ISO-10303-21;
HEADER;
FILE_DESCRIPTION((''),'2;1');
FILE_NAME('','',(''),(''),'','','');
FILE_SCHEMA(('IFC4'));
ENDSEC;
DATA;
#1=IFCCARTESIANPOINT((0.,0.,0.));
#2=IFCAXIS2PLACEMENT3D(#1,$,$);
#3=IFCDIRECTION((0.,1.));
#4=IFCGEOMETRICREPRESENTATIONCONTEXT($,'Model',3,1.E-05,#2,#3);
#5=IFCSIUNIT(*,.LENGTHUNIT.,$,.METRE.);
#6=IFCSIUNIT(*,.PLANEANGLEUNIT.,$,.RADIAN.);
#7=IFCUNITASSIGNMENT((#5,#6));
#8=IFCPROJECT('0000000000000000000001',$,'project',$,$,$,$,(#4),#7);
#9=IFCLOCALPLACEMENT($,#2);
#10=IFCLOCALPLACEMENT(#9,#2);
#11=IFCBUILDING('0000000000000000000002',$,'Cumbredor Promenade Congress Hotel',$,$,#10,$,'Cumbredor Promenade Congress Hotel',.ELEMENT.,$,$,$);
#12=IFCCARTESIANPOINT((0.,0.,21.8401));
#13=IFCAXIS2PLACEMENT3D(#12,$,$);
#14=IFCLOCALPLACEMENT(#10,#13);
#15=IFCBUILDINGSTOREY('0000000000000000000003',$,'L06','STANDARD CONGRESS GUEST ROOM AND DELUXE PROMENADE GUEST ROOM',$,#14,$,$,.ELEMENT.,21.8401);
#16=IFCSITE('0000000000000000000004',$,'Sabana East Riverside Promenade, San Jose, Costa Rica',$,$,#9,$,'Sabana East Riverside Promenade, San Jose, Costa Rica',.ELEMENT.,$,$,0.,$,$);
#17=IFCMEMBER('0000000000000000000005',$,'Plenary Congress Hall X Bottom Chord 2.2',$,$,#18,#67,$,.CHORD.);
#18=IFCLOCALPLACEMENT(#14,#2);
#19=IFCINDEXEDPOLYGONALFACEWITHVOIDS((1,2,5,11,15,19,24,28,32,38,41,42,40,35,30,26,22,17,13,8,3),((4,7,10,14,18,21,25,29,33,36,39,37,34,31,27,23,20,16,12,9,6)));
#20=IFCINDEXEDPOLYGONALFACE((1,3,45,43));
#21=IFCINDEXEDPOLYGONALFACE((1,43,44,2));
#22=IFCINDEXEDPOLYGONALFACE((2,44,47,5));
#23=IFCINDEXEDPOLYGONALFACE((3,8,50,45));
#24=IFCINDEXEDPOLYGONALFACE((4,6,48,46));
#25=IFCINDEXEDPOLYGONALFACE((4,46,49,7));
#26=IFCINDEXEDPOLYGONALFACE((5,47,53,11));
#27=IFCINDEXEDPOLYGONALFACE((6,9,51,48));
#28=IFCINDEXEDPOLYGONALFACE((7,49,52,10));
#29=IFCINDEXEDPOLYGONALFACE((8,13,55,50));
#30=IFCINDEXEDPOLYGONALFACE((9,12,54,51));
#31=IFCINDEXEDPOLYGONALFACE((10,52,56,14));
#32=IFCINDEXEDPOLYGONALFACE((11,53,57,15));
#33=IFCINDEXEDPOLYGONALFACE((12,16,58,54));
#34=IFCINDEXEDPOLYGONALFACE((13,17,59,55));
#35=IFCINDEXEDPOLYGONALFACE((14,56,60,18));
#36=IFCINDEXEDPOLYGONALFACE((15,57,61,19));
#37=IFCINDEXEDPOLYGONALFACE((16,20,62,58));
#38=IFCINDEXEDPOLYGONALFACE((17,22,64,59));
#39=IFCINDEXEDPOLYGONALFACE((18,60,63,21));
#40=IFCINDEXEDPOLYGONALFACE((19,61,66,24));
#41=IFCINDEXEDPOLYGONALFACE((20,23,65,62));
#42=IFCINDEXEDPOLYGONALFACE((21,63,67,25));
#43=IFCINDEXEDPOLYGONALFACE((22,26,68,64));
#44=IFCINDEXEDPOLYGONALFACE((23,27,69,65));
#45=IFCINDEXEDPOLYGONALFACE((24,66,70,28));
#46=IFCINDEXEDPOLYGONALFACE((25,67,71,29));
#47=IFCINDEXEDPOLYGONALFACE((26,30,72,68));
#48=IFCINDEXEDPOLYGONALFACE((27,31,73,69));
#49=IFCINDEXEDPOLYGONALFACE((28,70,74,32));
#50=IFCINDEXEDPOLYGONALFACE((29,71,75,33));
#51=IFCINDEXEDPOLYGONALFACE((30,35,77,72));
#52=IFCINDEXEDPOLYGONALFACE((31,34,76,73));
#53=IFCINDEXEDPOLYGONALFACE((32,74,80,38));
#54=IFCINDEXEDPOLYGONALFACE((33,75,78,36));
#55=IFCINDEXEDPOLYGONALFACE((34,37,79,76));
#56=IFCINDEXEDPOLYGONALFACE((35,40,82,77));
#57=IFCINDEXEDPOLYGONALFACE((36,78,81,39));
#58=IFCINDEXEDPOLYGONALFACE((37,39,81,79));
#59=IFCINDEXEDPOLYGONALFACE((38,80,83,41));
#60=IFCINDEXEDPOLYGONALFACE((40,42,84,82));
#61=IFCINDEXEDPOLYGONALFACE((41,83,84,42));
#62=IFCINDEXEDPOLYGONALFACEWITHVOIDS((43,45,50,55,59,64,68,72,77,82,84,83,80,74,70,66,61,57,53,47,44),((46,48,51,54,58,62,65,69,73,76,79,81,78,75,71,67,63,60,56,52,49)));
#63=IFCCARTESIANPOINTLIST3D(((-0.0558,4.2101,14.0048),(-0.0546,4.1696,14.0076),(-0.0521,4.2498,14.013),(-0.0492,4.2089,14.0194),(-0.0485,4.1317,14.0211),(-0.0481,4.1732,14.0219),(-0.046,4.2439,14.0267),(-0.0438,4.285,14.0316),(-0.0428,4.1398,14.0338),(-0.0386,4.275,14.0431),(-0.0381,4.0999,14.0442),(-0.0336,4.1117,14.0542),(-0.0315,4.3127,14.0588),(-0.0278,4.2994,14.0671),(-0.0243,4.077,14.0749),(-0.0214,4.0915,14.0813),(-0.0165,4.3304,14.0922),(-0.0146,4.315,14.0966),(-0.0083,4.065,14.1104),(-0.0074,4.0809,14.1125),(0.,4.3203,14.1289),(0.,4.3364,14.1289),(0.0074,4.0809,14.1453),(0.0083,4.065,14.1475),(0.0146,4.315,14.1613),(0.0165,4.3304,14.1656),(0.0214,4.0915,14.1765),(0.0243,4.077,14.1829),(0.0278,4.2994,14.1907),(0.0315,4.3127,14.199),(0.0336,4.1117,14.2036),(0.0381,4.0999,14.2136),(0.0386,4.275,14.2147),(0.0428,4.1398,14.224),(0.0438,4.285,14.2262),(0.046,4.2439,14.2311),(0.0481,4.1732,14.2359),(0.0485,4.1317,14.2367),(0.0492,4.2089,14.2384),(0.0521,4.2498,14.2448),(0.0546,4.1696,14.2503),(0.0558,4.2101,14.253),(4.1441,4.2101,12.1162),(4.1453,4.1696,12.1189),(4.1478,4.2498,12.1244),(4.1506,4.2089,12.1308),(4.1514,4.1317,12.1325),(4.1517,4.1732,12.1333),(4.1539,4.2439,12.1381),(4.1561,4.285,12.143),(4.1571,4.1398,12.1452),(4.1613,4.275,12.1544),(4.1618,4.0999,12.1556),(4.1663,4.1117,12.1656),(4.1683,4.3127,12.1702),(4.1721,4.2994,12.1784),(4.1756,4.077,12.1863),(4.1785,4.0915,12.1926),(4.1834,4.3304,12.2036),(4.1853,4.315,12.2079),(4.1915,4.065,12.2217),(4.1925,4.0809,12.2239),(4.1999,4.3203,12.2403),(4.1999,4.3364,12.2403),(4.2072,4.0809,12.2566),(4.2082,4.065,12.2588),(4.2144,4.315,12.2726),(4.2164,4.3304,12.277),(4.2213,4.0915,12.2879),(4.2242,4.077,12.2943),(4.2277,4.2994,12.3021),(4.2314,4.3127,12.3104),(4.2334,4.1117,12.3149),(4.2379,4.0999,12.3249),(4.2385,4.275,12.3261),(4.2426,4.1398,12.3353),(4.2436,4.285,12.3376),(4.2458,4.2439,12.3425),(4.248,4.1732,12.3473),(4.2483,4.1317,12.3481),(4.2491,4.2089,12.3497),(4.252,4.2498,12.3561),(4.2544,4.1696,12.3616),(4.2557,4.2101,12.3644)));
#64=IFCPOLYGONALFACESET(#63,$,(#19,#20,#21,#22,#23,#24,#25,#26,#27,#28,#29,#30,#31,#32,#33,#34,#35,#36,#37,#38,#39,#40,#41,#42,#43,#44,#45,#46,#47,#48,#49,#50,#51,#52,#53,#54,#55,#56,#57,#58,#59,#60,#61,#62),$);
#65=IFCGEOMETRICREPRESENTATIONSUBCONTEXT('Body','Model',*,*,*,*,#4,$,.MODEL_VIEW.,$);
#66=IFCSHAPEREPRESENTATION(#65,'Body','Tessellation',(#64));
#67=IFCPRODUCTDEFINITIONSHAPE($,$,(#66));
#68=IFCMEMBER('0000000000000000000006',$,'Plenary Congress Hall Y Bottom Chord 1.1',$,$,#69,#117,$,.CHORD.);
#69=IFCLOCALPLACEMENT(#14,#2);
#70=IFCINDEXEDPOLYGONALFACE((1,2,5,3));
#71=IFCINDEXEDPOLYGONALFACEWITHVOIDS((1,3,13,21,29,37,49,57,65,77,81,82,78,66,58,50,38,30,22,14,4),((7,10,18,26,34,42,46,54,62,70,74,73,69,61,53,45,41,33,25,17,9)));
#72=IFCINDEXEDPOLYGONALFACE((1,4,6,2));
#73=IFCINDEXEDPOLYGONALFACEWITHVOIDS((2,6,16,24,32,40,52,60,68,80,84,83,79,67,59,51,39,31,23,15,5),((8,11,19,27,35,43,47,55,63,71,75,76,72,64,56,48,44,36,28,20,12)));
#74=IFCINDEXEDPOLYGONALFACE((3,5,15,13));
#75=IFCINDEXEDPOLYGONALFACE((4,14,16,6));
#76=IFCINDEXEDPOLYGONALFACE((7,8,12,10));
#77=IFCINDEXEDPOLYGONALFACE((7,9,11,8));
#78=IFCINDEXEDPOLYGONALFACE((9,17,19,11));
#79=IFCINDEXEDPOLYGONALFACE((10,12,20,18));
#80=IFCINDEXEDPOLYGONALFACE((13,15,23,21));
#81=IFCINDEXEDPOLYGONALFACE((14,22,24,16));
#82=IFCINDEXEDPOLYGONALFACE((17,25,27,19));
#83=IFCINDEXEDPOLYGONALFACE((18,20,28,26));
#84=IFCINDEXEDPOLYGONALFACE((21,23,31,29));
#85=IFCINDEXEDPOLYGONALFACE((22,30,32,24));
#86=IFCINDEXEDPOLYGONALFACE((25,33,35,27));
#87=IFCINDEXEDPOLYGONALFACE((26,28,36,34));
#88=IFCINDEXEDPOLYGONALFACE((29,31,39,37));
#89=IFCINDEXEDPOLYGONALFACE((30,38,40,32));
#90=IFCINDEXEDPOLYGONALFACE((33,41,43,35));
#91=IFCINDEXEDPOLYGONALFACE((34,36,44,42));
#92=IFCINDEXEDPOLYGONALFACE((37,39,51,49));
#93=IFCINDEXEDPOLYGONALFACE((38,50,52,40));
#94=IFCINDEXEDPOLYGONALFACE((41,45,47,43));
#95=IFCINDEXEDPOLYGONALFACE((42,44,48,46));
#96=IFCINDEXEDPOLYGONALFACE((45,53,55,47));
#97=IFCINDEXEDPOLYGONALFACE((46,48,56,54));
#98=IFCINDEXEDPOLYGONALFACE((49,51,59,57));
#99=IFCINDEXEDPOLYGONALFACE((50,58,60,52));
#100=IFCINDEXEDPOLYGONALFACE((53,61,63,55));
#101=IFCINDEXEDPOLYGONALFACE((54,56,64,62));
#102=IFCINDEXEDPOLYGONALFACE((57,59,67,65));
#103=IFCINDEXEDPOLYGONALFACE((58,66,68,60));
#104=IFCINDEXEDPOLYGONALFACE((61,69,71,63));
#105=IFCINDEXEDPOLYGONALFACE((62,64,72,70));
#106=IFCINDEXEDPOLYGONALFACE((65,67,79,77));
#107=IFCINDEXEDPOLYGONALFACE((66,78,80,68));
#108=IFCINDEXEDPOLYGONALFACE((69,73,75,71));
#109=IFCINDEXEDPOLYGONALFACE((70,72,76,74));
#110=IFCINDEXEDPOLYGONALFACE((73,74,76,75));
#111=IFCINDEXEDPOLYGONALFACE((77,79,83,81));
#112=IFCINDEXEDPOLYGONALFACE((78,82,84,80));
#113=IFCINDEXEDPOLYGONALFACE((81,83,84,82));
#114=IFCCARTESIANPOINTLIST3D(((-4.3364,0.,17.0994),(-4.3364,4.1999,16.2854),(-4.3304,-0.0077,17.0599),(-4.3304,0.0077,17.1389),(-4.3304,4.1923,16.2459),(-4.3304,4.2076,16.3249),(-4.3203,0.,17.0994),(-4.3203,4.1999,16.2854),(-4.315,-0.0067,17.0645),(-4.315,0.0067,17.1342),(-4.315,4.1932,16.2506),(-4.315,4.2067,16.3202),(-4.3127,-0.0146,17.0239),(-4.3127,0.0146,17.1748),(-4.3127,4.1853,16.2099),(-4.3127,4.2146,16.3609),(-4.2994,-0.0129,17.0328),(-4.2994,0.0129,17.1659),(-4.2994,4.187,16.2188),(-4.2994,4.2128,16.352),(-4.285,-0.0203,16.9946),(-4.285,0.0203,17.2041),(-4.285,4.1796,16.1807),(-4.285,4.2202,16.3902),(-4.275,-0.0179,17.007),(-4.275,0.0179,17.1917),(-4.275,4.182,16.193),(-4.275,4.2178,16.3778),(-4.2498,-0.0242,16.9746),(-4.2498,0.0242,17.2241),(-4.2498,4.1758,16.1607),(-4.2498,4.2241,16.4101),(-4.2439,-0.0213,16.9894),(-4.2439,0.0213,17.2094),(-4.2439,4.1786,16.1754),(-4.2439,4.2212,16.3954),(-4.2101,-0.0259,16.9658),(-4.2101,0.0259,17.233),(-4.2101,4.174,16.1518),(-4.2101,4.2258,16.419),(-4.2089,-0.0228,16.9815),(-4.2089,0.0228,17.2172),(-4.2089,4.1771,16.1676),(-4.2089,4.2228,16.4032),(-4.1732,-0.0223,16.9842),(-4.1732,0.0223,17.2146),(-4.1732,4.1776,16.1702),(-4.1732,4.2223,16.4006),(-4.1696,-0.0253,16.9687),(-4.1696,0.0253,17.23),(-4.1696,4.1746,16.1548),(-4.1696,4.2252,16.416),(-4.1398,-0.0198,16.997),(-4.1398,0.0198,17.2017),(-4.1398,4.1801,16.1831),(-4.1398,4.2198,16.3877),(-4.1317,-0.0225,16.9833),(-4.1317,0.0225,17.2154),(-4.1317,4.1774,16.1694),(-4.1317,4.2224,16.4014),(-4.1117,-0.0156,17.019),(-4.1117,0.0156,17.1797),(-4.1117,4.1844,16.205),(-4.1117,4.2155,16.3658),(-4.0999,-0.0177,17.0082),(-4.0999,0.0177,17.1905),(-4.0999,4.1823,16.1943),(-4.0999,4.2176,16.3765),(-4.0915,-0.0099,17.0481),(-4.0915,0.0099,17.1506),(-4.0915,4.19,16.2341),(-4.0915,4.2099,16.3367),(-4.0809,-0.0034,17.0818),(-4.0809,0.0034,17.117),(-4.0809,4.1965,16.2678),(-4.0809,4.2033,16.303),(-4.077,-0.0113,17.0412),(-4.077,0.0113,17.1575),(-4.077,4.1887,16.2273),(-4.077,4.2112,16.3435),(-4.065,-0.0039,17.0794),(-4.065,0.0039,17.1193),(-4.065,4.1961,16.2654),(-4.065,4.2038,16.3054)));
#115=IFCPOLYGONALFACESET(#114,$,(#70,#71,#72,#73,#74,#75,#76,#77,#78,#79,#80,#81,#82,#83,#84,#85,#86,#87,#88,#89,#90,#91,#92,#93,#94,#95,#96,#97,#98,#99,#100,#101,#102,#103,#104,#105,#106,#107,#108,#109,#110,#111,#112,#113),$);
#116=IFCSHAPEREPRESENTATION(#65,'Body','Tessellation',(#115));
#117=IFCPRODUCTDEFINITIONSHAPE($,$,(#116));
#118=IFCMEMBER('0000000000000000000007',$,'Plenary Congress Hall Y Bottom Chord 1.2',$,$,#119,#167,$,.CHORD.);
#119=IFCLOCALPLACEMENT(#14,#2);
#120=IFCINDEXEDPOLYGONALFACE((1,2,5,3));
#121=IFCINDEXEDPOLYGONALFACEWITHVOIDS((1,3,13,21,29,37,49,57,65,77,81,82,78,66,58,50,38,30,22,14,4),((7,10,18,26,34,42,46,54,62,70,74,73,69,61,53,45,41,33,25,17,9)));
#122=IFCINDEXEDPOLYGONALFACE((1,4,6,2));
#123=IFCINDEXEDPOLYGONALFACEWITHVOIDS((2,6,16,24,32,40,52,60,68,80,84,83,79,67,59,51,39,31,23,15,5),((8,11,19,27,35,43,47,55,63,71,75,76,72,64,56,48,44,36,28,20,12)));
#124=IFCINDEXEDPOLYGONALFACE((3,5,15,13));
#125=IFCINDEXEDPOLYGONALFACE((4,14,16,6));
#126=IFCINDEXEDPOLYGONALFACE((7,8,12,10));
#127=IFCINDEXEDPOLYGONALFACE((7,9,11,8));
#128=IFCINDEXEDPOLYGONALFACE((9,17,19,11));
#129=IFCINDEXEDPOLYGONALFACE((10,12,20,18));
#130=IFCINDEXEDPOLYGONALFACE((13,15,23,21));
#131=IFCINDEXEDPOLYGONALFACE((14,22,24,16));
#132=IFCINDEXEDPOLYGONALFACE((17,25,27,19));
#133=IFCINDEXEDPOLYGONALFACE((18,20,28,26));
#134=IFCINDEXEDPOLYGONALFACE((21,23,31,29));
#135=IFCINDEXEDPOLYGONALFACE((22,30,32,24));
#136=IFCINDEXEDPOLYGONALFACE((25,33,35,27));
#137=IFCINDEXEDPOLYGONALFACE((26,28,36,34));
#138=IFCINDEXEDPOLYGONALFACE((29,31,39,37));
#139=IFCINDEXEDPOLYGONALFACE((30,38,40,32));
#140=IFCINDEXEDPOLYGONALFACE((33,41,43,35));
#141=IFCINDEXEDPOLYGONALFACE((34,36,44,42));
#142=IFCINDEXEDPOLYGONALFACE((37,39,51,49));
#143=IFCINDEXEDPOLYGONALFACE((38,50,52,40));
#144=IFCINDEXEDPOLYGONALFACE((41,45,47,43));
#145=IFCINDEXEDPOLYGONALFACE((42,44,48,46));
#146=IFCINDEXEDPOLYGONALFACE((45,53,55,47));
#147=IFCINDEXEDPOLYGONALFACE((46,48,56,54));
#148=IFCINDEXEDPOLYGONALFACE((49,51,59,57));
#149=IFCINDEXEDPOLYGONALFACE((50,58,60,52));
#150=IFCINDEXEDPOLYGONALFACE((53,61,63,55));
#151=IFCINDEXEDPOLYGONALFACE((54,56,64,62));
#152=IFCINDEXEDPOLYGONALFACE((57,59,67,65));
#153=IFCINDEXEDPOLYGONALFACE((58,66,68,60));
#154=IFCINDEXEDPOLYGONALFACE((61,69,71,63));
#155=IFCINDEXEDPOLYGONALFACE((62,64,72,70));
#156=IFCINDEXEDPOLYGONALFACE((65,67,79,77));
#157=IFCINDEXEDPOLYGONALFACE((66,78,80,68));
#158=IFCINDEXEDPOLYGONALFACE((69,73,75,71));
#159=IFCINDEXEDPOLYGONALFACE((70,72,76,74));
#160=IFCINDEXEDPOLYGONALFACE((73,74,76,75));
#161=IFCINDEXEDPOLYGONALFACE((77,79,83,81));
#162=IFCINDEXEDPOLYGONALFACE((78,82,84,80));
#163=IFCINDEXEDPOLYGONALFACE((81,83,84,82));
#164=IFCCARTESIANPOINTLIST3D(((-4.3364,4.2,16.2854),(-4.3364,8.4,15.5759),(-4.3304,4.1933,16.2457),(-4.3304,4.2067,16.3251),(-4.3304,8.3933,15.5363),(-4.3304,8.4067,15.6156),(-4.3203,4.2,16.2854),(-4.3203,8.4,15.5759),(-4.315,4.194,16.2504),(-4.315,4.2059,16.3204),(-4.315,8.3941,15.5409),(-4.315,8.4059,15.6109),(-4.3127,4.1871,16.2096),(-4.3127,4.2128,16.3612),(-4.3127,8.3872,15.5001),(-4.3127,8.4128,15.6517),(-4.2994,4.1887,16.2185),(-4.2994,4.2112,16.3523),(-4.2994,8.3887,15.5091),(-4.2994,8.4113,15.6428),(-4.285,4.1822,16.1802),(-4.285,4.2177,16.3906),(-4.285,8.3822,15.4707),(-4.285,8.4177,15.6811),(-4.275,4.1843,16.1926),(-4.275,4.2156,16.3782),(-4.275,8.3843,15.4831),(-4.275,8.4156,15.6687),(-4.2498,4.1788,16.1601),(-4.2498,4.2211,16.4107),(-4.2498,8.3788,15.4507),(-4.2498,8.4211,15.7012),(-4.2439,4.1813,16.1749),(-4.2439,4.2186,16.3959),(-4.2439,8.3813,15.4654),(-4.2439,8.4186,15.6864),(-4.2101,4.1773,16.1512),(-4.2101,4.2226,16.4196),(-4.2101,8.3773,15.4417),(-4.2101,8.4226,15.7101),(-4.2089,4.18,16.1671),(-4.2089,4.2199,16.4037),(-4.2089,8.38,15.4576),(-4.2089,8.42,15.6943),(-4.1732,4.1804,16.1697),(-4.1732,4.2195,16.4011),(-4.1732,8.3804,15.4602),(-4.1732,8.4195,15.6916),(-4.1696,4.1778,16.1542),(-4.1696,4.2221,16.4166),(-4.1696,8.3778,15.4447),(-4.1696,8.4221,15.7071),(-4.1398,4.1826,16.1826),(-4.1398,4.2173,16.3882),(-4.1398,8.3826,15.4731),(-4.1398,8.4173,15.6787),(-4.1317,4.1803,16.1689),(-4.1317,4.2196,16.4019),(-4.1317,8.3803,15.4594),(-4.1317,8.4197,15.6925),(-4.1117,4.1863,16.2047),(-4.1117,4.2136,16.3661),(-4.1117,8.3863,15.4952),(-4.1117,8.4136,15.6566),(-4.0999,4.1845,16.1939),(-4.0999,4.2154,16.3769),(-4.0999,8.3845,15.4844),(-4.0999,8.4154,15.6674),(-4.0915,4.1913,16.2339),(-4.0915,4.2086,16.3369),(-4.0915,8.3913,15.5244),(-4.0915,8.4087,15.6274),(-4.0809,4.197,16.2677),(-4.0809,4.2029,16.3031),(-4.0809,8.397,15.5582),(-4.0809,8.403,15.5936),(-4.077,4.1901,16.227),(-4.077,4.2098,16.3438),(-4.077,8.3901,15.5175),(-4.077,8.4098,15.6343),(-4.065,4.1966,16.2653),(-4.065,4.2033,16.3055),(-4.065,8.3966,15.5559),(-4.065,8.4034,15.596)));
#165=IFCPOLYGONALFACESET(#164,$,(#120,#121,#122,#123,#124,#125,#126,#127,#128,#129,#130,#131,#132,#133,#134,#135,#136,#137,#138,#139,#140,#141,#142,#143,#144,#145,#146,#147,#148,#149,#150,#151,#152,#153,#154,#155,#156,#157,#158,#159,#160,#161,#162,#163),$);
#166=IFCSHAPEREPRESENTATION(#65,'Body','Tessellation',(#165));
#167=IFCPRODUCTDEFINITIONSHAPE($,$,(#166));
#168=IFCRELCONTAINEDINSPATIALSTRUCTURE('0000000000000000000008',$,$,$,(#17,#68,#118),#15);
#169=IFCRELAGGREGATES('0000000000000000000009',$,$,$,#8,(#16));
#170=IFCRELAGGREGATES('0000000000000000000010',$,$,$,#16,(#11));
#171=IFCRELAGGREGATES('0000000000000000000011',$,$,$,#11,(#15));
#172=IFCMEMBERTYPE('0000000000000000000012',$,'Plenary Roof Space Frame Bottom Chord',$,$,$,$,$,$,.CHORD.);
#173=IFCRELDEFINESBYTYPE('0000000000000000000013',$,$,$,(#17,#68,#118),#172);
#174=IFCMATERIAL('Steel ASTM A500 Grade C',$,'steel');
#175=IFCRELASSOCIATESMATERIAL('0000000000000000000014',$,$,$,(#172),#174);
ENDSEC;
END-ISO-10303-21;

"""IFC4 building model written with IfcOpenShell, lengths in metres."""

from ifc_helpers import new_model, si_unit, direction, frame, origin, origin_2d, place, context, subcontext, project, spatial, hollow_circle, extrude, material, material_profile, profile_set, type_object, element, save


model = new_model("IFC4")

# Units and contexts
model_context = context("Model", 3, precision=1e-05, world=origin(), true_north=direction((0.0, 1.0)))
body_context = subcontext(model_context, "Body", "Model", "MODEL_VIEW")
ifc_project = project(units=[si_unit("LENGTHUNIT", "METRE"), si_unit("PLANEANGLEUNIT", "RADIAN")], contexts=[model_context])

# Site, building, storey
site_placement = place(None, origin())
site = spatial("IfcSite", under=ifc_project, at=site_placement, Name="Sabana East Riverside Promenade, San Jose, Costa Rica", LongName="Sabana East Riverside Promenade, San Jose, Costa Rica", CompositionType="ELEMENT", RefElevation=0.0)
building_placement = place(site_placement, origin())
building = spatial("IfcBuilding", under=site, at=building_placement, Name="Cumbredor Promenade Congress Hotel", LongName="Cumbredor Promenade Congress Hotel", CompositionType="ELEMENT")
storey_placement = place(building_placement, frame((0.0, 0.0, 21.8401)))
storey = spatial("IfcBuildingStorey", under=building, at=storey_placement, Name="L06", Description="STANDARD CONGRESS GUEST ROOM AND DELUXE PROMENADE GUEST ROOM", CompositionType="ELEMENT", Elevation=21.8401)

# Members
ifc_material_1 = material(Name="Steel ASTM A500 Grade C", Category="steel")
ifc_material_profile_1 = material_profile(ifc_material_1, hollow_circle(Radius=0.1365, WallThickness=0.0161, at=origin_2d()), Name="CHS 273.0x16")
ifc_profile_set_1 = profile_set([ifc_material_profile_1], Name="Steel ASTM A500 Grade C")
member_type_1 = type_object("IfcMemberType", Name="Plenary Roof Space Frame Bottom Chord", PredefinedType="CHORD", material=ifc_profile_set_1)
member_1_placement = place(storey_placement, frame((0.0, 4.2, 14.1289), z_axis=(0.912028, 0.0, -0.410129), x_axis=(0.0, 1.0, 0.0)))
element("IfcMember", 1, at=member_1_placement, inside=storey, type_object=member_type_1, Name="Plenary Congress Hall X Bottom Chord 2.2", PredefinedType="CHORD", context=body_context, shape_type="SweptSolid", body=[
    extrude(hollow_circle(Radius=0.1365, WallThickness=0.0161, at=origin_2d()), origin(), (0.0, 0.0, 1.0), 4.605),
])
member_2_placement = place(storey_placement, frame((-4.2, 0.0, 17.0994), z_axis=(0.0, 0.981733, -0.190263), x_axis=(-1.0, 0.0, 0.0)))
element("IfcMember", 2, at=member_2_placement, inside=storey, type_object=member_type_1, Name="Plenary Congress Hall Y Bottom Chord 1.1", PredefinedType="CHORD", context=body_context, shape_type="SweptSolid", body=[
    extrude(hollow_circle(Radius=0.1365, WallThickness=0.0161, at=origin_2d()), origin(), (0.0, 0.0, 1.0), 4.2781),
])
member_3_placement = place(storey_placement, frame((-4.2, 4.2, 16.2854), z_axis=(0.0, 0.986031, -0.166564), x_axis=(-1.0, 0.0, 0.0)))
element("IfcMember", 3, at=member_3_placement, inside=storey, type_object=member_type_1, Name="Plenary Congress Hall Y Bottom Chord 1.2", PredefinedType="CHORD", context=body_context, shape_type="SweptSolid", body=[
    extrude(hollow_circle(Radius=0.1365, WallThickness=0.0161, at=origin_2d()), origin(), (0.0, 0.0, 1.0), 4.2595),
])

save(model, "model.ifc")
